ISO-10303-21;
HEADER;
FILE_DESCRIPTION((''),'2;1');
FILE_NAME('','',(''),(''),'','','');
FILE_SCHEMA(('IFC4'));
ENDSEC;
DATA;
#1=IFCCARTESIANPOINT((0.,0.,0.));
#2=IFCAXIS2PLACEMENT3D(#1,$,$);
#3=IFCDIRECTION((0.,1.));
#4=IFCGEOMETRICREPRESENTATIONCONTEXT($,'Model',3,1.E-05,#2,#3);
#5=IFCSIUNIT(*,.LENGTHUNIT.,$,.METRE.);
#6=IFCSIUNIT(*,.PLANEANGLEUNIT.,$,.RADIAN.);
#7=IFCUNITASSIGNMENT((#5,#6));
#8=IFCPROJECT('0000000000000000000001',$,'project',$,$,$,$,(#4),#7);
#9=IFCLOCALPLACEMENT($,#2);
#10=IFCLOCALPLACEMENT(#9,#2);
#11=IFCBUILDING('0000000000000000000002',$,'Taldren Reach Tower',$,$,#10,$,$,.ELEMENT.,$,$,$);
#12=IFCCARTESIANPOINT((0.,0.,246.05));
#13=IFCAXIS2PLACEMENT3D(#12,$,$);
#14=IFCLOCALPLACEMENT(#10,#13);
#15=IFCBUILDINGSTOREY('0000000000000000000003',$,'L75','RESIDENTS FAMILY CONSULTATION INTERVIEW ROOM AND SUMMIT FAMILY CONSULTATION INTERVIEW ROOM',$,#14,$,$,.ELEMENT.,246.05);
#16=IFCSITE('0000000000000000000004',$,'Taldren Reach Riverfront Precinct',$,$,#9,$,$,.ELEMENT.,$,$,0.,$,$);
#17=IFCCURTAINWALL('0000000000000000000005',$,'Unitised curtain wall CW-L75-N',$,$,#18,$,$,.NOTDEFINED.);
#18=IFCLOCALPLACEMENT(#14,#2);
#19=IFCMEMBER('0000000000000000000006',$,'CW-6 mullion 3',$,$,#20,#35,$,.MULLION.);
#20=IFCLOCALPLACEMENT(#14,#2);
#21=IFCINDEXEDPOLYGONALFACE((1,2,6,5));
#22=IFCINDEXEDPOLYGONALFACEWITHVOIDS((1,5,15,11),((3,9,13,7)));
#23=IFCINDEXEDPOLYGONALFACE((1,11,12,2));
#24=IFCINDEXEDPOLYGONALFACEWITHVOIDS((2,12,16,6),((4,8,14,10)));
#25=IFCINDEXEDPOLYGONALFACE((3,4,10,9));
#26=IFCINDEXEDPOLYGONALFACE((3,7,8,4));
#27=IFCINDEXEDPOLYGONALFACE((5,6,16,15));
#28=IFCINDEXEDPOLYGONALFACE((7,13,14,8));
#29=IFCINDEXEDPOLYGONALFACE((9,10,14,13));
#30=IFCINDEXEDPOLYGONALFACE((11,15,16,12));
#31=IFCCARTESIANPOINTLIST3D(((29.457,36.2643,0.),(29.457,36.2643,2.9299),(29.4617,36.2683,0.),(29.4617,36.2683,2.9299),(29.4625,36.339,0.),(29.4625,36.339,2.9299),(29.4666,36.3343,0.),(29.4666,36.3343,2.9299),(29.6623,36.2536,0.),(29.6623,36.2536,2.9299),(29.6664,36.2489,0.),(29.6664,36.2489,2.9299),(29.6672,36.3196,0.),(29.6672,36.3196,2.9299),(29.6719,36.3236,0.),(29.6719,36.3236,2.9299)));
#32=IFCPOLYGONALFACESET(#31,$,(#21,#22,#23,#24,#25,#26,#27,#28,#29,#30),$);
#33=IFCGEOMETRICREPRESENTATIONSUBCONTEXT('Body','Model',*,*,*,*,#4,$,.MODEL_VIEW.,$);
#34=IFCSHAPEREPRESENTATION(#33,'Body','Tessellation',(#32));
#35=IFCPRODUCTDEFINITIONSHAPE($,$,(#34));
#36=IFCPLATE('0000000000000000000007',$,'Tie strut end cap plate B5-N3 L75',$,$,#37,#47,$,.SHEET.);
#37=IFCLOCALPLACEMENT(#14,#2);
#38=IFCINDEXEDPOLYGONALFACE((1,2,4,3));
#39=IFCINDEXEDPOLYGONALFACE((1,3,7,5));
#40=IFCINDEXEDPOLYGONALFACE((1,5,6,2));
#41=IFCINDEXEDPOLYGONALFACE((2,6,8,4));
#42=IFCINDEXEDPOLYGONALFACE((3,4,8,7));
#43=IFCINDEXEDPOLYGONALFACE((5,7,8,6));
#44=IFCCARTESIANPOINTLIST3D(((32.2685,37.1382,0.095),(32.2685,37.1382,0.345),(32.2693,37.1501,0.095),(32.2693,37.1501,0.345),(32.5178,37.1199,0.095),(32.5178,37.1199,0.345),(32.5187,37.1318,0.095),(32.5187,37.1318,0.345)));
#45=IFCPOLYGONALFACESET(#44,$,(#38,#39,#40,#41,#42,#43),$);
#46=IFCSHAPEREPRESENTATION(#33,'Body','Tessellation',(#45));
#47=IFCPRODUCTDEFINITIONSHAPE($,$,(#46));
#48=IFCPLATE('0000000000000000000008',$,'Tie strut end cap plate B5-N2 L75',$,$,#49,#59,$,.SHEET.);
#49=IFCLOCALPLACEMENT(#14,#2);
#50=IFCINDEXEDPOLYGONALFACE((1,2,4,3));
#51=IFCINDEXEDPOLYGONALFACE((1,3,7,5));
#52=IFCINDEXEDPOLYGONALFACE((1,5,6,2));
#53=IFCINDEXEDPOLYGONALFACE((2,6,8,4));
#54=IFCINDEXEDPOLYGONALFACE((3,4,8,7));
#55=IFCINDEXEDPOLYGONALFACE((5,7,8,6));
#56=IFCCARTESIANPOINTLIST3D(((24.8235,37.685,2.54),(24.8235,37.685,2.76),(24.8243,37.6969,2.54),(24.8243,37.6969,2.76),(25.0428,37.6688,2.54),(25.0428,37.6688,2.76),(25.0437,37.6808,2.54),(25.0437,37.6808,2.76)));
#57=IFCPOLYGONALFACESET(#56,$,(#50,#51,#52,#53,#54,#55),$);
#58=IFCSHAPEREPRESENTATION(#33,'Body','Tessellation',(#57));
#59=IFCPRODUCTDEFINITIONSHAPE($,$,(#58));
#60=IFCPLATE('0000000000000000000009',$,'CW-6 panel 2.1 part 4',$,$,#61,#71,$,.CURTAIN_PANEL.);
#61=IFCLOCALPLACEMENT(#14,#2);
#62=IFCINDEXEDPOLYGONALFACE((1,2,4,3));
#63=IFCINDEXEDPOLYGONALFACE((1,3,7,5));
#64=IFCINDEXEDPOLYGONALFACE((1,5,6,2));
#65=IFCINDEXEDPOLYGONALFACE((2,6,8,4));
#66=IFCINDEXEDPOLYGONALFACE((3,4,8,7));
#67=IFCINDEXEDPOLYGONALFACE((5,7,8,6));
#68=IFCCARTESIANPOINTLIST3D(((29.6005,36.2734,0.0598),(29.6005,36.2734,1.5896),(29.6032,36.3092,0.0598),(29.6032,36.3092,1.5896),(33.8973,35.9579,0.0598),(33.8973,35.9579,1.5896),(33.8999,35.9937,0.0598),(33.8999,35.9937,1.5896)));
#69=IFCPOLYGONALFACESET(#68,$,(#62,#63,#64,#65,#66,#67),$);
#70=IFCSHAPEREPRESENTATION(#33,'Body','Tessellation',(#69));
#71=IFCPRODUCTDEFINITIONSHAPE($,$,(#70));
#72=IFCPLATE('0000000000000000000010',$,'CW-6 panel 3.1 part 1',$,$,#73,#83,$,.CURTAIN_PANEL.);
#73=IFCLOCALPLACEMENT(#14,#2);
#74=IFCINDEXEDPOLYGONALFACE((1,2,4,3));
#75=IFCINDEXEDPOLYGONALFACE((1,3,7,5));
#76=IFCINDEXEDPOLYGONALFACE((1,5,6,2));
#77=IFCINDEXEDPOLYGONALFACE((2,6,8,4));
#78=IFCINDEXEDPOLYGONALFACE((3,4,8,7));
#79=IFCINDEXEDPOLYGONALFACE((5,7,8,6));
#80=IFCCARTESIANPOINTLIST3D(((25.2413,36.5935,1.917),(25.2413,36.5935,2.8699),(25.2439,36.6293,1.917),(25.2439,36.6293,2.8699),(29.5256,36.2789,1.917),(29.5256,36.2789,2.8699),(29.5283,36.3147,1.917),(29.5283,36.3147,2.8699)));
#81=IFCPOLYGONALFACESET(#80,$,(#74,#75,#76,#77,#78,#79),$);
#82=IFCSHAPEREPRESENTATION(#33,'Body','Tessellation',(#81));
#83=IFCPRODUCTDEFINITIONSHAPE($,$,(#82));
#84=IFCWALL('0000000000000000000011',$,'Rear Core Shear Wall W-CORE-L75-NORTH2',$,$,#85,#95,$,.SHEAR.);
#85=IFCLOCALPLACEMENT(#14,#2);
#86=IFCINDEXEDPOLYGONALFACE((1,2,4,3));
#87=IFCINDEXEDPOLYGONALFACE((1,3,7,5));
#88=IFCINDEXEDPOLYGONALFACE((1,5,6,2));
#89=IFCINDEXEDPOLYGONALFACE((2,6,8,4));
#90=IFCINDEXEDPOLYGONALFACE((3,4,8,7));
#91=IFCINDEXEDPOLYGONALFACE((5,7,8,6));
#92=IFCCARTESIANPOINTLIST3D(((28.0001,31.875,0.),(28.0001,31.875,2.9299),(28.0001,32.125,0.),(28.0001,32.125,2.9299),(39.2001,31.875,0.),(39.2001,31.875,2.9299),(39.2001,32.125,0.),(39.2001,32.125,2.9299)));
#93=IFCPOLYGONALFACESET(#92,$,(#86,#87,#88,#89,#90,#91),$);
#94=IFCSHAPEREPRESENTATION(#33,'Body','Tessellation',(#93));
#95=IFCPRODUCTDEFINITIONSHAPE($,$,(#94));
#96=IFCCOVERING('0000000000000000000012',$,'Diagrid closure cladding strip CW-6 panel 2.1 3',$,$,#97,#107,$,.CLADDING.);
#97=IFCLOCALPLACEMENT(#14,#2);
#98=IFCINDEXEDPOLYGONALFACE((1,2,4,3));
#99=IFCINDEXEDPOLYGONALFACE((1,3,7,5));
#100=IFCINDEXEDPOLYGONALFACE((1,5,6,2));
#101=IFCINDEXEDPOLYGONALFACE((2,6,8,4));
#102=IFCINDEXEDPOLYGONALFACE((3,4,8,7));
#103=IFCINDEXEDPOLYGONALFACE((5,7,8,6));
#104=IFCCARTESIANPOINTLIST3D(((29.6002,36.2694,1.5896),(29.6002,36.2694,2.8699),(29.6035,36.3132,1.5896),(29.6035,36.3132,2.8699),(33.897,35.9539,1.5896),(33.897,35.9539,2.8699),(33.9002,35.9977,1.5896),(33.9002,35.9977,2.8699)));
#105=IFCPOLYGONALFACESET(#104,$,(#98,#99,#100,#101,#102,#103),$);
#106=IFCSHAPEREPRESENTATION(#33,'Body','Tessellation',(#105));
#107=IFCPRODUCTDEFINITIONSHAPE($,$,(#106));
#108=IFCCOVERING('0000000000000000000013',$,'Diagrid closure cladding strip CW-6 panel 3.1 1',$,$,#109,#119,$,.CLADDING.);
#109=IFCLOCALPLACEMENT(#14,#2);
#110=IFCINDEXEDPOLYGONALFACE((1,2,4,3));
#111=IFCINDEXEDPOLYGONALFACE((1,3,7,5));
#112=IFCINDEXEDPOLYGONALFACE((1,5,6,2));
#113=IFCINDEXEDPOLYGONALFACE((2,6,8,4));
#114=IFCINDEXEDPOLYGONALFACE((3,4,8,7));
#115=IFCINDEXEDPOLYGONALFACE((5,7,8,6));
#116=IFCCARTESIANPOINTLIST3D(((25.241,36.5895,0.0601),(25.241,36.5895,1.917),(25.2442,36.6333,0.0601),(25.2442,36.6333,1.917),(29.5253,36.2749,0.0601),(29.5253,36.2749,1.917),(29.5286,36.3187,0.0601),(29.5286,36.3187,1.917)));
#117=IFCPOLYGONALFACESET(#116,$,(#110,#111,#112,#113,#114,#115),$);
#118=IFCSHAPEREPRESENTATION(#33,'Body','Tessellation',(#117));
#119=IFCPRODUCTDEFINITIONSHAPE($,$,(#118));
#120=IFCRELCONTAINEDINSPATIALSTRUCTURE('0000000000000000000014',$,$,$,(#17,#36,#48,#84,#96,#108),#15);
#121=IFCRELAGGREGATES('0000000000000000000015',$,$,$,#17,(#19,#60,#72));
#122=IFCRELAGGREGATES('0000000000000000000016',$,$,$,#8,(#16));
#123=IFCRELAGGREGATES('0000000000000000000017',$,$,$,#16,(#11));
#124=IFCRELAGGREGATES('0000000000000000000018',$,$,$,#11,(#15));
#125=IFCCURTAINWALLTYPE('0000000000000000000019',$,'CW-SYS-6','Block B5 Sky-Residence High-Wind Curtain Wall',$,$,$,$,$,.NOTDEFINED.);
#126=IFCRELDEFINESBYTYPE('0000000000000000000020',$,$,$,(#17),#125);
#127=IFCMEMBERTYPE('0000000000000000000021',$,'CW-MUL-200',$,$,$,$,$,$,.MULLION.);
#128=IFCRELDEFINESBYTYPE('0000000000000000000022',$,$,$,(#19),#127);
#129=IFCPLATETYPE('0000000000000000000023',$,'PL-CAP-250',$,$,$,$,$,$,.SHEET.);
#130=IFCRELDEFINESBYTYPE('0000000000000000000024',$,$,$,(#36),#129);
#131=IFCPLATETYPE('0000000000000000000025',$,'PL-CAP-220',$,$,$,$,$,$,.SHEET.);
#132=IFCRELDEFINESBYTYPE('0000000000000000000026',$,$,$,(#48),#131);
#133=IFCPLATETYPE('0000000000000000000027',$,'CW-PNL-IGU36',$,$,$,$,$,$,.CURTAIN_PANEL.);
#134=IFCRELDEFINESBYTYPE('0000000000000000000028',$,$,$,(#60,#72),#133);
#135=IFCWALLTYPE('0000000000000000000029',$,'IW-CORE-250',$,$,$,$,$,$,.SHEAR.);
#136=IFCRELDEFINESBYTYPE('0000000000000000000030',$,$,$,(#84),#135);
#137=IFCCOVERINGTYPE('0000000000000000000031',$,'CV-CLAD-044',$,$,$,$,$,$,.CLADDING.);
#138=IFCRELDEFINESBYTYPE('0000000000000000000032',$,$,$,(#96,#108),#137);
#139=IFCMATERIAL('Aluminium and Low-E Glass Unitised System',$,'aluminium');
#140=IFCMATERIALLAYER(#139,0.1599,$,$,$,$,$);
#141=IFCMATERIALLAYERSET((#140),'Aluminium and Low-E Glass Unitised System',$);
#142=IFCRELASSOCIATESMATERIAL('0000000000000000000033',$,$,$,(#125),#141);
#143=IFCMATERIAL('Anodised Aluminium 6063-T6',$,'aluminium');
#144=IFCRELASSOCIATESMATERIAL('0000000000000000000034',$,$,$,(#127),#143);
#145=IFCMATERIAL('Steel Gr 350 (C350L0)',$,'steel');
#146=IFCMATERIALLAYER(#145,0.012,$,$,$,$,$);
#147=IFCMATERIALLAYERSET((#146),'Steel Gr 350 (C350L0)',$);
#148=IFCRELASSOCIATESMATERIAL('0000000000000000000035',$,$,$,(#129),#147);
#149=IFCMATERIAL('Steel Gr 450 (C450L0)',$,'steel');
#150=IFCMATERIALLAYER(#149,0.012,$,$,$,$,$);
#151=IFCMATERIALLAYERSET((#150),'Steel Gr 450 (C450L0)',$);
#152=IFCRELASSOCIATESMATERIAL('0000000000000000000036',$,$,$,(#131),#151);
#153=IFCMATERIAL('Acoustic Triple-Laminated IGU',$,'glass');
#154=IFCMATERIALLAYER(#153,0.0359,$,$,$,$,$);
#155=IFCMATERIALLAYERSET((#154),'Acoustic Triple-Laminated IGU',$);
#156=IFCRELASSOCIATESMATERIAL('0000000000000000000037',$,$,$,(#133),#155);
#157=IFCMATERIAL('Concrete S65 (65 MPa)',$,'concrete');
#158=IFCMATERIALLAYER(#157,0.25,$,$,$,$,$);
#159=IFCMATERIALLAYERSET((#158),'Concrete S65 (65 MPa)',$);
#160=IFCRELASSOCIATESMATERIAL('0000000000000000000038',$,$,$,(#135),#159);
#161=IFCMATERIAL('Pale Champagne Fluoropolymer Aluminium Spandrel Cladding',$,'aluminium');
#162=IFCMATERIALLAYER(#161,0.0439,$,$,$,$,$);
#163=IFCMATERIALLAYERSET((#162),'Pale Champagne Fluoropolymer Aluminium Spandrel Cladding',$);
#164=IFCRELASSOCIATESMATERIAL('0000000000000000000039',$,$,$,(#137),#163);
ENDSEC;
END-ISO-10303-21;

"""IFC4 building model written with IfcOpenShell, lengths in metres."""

from ifc_helpers import new_model, si_unit, direction, frame, frame_2d, origin, origin_2d, place, context, subcontext, project, spatial, rectangle, hollow_rectangle, extrude, source, transform, mapped, material, layer, layer_set, material_profile, profile_set, type_object, element, aggregate, save


model = new_model("IFC4")

# Units and contexts
model_context = context("Model", 3, precision=1e-05, world=origin(), true_north=direction((0.0, 1.0)))
body_context = subcontext(model_context, "Body", "Model", "MODEL_VIEW")
ifc_project = project(units=[si_unit("LENGTHUNIT", "METRE"), si_unit("PLANEANGLEUNIT", "RADIAN")], contexts=[model_context])

# Site, building, storey
site_placement = place(None, origin())
site = spatial("IfcSite", under=ifc_project, at=site_placement, Name="Taldren Reach Riverfront Precinct", CompositionType="ELEMENT", RefElevation=0.0)
building_placement = place(site_placement, origin())
building = spatial("IfcBuilding", under=site, at=building_placement, Name="Taldren Reach Tower", CompositionType="ELEMENT")
storey_placement = place(building_placement, frame((0.0, 0.0, 246.05)))
storey = spatial("IfcBuildingStorey", under=building, at=storey_placement, Name="L75", Description="RESIDENTS FAMILY CONSULTATION INTERVIEW ROOM AND SUMMIT FAMILY CONSULTATION INTERVIEW ROOM", CompositionType="ELEMENT", Elevation=246.05)

# Shared definitions
ifc_material_1 = material(Name="Steel Gr 350 (C350L0)", Category="steel")

# Shared definitions
ifc_material_2 = material(Name="Steel Gr 450 (C450L0)", Category="steel")

# Curtain wall, member
ifc_material_3 = material(Name="Aluminium and Low-E Glass Unitised System", Category="aluminium")
ifc_layer_1 = layer(ifc_material_3, 0.1599)
ifc_layer_set_1 = layer_set([ifc_layer_1], Name="Aluminium and Low-E Glass Unitised System")
curtain_wall_type = type_object("IfcCurtainWallType", Name="CW-SYS-6", Description="Block B5 Sky-Residence High-Wind Curtain Wall", PredefinedType="NOTDEFINED", material=ifc_layer_set_1)
curtain_wall_placement = place(storey_placement, origin())
curtain_wall = element("IfcCurtainWall", 1, at=curtain_wall_placement, inside=storey, type_object=curtain_wall_type, Name="Unitised curtain wall CW-L75-N", PredefinedType="NOTDEFINED")
ifc_material_4 = material(Name="Anodised Aluminium 6063-T6", Category="aluminium")
ifc_material_profile_1 = material_profile(ifc_material_4, hollow_rectangle(XDim=0.075, YDim=0.21, WallThickness=0.0044, at=origin_2d()), Name="ALU-210x75x4.5RHS")
ifc_profile_set_1 = profile_set([ifc_material_profile_1], Name="Anodised Aluminium 6063-T6")
member_type_1 = type_object("IfcMemberType", Name="CW-MUL-200", PredefinedType="MULLION", material=ifc_profile_set_1)
shared_shape_1 = source(origin(), body_context, "Body", "SweptSolid", [
    extrude(hollow_rectangle(XDim=0.075, YDim=0.21, WallThickness=0.0044, at=origin_2d()), origin(), (0.0, 0.0, 1.0), 2.9299),
])
member_1_placement = place(storey_placement, frame((29.5645, 36.2939, 0.0), z_axis=(0.0, 0.0, 1.0), x_axis=(-0.073238, -0.997314, 0.0)))
member_1 = element("IfcMember", 2, at=member_1_placement, type_object=member_type_1, Name="CW-6 mullion 3", PredefinedType="MULLION", context=body_context, shape_type="MappedRepresentation", body=[
    mapped(shared_shape_1, transform((0.0, 0.0, 0.0), scale=1.0)),
])

# Plates
ifc_layer_2 = layer(ifc_material_1, 0.012)
ifc_layer_set_2 = layer_set([ifc_layer_2], Name="Steel Gr 350 (C350L0)")
plate_type_1 = type_object("IfcPlateType", Name="PL-CAP-250", PredefinedType="SHEET", material=ifc_layer_set_2)
shared_shape_2 = source(origin(), body_context, "Body", "SweptSolid", [
    extrude(rectangle(XDim=0.25, YDim=0.012, at=origin_2d()), origin(), (0.0, 0.0, 1.0), 0.25),
])
plate_1_placement = place(storey_placement, frame((32.3936, 37.135, 0.095), z_axis=(0.0, 0.0, 1.0), x_axis=(0.997314, -0.073238, 0.0)))
element("IfcPlate", 3, at=plate_1_placement, inside=storey, type_object=plate_type_1, Name="Tie strut end cap plate B5-N3 L75", PredefinedType="SHEET", context=body_context, shape_type="MappedRepresentation", body=[
    mapped(shared_shape_2, transform((0.0, 0.0, 0.0), scale=1.0)),
])
ifc_layer_3 = layer(ifc_material_2, 0.012)
ifc_layer_set_3 = layer_set([ifc_layer_3], Name="Steel Gr 450 (C450L0)")
plate_type_2 = type_object("IfcPlateType", Name="PL-CAP-220", PredefinedType="SHEET", material=ifc_layer_set_3)
shared_shape_3 = source(origin(), body_context, "Body", "SweptSolid", [
    extrude(rectangle(XDim=0.22, YDim=0.012, at=origin_2d()), origin(), (0.0, 0.0, 1.0), 0.22),
])
plate_2_placement = place(storey_placement, frame((24.9336, 37.6829, 2.54), z_axis=(0.0, 0.0, 1.0), x_axis=(0.997314, -0.073238, 0.0)))
element("IfcPlate", 4, at=plate_2_placement, inside=storey, type_object=plate_type_2, Name="Tie strut end cap plate B5-N2 L75", PredefinedType="SHEET", context=body_context, shape_type="MappedRepresentation", body=[
    mapped(shared_shape_3, transform((0.0, 0.0, 0.0), scale=1.0)),
])

# Plates
ifc_material_5 = material(Name="Acoustic Triple-Laminated IGU", Category="glass")
ifc_layer_4 = layer(ifc_material_5, 0.0359)
ifc_layer_set_4 = layer_set([ifc_layer_4], Name="Acoustic Triple-Laminated IGU")
plate_type_3 = type_object("IfcPlateType", Name="CW-PNL-IGU36", PredefinedType="CURTAIN_PANEL", material=ifc_layer_set_4)
shared_shape_4 = source(origin(), body_context, "Body", "SweptSolid", [
    extrude(rectangle(XDim=4.3083, YDim=0.0359, at=origin_2d()), origin(), (0.0, 0.0, 1.0), 1.5298),
])
plate_3_placement = place(storey_placement, frame((31.7502, 36.1335, 0.0598), z_axis=(0.0, 0.0, 1.0), x_axis=(-0.997314, 0.073238, 0.0)))
plate_3 = element("IfcPlate", 5, at=plate_3_placement, type_object=plate_type_3, Name="CW-6 panel 2.1 part 4", PredefinedType="CURTAIN_PANEL", context=body_context, shape_type="MappedRepresentation", body=[
    mapped(shared_shape_4, transform((0.0, 0.0, 0.0), scale=1.0)),
])
shared_shape_5 = source(origin(), body_context, "Body", "SweptSolid", [
    extrude(rectangle(XDim=4.2959, YDim=0.0359, at=origin_2d()), origin(), (0.0, 0.0, 1.0), 0.9529),
])
plate_4_placement = place(storey_placement, frame((27.3848, 36.4541, 1.917), z_axis=(0.0, 0.0, 1.0), x_axis=(-0.997314, 0.073238, 0.0)))
plate_4 = element("IfcPlate", 6, at=plate_4_placement, type_object=plate_type_3, Name="CW-6 panel 3.1 part 1", PredefinedType="CURTAIN_PANEL", context=body_context, shape_type="MappedRepresentation", body=[
    mapped(shared_shape_5, transform((0.0, 0.0, 0.0), scale=1.0)),
])
aggregate(curtain_wall, [member_1, plate_3, plate_4])

# Wall
ifc_material_6 = material(Name="Concrete S65 (65 MPa)", Category="concrete")
ifc_layer_5 = layer(ifc_material_6, 0.25)
ifc_layer_set_5 = layer_set([ifc_layer_5], Name="Concrete S65 (65 MPa)")
wall_type = type_object("IfcWallType", Name="IW-CORE-250", PredefinedType="SHEAR", material=ifc_layer_set_5)
shared_shape_6 = source(origin(), body_context, "Body", "SweptSolid", [
    extrude(rectangle(XDim=11.2, YDim=0.25, at=frame_2d((5.6001, 0.0))), origin(), (0.0, 0.0, 1.0), 2.9299),
])
wall_placement = place(storey_placement, frame((28.0, 32.0, 0.0), z_axis=(0.0, 0.0, 1.0), x_axis=(1.0, 0.0, 0.0)))
element("IfcWall", 7, at=wall_placement, inside=storey, type_object=wall_type, Name="Rear Core Shear Wall W-CORE-L75-NORTH2", PredefinedType="SHEAR", context=body_context, shape_type="MappedRepresentation", body=[
    mapped(shared_shape_6, transform((0.0, 0.0, 0.0), scale=1.0)),
])

# Coverings
ifc_material_7 = material(Name="Pale Champagne Fluoropolymer Aluminium Spandrel Cladding", Category="aluminium")
ifc_layer_6 = layer(ifc_material_7, 0.0439)
ifc_layer_set_6 = layer_set([ifc_layer_6], Name="Pale Champagne Fluoropolymer Aluminium Spandrel Cladding")
covering_type = type_object("IfcCoveringType", Name="CV-CLAD-044", PredefinedType="CLADDING", material=ifc_layer_set_6)
shared_shape_7 = source(origin(), body_context, "Body", "SweptSolid", [
    extrude(rectangle(XDim=4.3083, YDim=0.0439, at=origin_2d()), origin(), (0.0, 0.0, 1.0), 1.2803),
])
covering_1_placement = place(storey_placement, frame((31.7502, 36.1335, 1.5896), z_axis=(0.0, 0.0, 1.0), x_axis=(-0.997314, 0.073238, 0.0)))
element("IfcCovering", 8, at=covering_1_placement, inside=storey, type_object=covering_type, Name="Diagrid closure cladding strip CW-6 panel 2.1 3", PredefinedType="CLADDING", context=body_context, shape_type="MappedRepresentation", body=[
    mapped(shared_shape_7, transform((0.0, 0.0, 0.0), scale=1.0)),
])
shared_shape_8 = source(origin(), body_context, "Body", "SweptSolid", [
    extrude(rectangle(XDim=4.2959, YDim=0.0439, at=origin_2d()), origin(), (0.0, 0.0, 1.0), 1.8569),
])
covering_2_placement = place(storey_placement, frame((27.3848, 36.4541, 0.0601), z_axis=(0.0, 0.0, 1.0), x_axis=(-0.997314, 0.073238, 0.0)))
element("IfcCovering", 9, at=covering_2_placement, inside=storey, type_object=covering_type, Name="Diagrid closure cladding strip CW-6 panel 3.1 1", PredefinedType="CLADDING", context=body_context, shape_type="MappedRepresentation", body=[
    mapped(shared_shape_8, transform((0.0, 0.0, 0.0), scale=1.0)),
])

save(model, "model.ifc")
